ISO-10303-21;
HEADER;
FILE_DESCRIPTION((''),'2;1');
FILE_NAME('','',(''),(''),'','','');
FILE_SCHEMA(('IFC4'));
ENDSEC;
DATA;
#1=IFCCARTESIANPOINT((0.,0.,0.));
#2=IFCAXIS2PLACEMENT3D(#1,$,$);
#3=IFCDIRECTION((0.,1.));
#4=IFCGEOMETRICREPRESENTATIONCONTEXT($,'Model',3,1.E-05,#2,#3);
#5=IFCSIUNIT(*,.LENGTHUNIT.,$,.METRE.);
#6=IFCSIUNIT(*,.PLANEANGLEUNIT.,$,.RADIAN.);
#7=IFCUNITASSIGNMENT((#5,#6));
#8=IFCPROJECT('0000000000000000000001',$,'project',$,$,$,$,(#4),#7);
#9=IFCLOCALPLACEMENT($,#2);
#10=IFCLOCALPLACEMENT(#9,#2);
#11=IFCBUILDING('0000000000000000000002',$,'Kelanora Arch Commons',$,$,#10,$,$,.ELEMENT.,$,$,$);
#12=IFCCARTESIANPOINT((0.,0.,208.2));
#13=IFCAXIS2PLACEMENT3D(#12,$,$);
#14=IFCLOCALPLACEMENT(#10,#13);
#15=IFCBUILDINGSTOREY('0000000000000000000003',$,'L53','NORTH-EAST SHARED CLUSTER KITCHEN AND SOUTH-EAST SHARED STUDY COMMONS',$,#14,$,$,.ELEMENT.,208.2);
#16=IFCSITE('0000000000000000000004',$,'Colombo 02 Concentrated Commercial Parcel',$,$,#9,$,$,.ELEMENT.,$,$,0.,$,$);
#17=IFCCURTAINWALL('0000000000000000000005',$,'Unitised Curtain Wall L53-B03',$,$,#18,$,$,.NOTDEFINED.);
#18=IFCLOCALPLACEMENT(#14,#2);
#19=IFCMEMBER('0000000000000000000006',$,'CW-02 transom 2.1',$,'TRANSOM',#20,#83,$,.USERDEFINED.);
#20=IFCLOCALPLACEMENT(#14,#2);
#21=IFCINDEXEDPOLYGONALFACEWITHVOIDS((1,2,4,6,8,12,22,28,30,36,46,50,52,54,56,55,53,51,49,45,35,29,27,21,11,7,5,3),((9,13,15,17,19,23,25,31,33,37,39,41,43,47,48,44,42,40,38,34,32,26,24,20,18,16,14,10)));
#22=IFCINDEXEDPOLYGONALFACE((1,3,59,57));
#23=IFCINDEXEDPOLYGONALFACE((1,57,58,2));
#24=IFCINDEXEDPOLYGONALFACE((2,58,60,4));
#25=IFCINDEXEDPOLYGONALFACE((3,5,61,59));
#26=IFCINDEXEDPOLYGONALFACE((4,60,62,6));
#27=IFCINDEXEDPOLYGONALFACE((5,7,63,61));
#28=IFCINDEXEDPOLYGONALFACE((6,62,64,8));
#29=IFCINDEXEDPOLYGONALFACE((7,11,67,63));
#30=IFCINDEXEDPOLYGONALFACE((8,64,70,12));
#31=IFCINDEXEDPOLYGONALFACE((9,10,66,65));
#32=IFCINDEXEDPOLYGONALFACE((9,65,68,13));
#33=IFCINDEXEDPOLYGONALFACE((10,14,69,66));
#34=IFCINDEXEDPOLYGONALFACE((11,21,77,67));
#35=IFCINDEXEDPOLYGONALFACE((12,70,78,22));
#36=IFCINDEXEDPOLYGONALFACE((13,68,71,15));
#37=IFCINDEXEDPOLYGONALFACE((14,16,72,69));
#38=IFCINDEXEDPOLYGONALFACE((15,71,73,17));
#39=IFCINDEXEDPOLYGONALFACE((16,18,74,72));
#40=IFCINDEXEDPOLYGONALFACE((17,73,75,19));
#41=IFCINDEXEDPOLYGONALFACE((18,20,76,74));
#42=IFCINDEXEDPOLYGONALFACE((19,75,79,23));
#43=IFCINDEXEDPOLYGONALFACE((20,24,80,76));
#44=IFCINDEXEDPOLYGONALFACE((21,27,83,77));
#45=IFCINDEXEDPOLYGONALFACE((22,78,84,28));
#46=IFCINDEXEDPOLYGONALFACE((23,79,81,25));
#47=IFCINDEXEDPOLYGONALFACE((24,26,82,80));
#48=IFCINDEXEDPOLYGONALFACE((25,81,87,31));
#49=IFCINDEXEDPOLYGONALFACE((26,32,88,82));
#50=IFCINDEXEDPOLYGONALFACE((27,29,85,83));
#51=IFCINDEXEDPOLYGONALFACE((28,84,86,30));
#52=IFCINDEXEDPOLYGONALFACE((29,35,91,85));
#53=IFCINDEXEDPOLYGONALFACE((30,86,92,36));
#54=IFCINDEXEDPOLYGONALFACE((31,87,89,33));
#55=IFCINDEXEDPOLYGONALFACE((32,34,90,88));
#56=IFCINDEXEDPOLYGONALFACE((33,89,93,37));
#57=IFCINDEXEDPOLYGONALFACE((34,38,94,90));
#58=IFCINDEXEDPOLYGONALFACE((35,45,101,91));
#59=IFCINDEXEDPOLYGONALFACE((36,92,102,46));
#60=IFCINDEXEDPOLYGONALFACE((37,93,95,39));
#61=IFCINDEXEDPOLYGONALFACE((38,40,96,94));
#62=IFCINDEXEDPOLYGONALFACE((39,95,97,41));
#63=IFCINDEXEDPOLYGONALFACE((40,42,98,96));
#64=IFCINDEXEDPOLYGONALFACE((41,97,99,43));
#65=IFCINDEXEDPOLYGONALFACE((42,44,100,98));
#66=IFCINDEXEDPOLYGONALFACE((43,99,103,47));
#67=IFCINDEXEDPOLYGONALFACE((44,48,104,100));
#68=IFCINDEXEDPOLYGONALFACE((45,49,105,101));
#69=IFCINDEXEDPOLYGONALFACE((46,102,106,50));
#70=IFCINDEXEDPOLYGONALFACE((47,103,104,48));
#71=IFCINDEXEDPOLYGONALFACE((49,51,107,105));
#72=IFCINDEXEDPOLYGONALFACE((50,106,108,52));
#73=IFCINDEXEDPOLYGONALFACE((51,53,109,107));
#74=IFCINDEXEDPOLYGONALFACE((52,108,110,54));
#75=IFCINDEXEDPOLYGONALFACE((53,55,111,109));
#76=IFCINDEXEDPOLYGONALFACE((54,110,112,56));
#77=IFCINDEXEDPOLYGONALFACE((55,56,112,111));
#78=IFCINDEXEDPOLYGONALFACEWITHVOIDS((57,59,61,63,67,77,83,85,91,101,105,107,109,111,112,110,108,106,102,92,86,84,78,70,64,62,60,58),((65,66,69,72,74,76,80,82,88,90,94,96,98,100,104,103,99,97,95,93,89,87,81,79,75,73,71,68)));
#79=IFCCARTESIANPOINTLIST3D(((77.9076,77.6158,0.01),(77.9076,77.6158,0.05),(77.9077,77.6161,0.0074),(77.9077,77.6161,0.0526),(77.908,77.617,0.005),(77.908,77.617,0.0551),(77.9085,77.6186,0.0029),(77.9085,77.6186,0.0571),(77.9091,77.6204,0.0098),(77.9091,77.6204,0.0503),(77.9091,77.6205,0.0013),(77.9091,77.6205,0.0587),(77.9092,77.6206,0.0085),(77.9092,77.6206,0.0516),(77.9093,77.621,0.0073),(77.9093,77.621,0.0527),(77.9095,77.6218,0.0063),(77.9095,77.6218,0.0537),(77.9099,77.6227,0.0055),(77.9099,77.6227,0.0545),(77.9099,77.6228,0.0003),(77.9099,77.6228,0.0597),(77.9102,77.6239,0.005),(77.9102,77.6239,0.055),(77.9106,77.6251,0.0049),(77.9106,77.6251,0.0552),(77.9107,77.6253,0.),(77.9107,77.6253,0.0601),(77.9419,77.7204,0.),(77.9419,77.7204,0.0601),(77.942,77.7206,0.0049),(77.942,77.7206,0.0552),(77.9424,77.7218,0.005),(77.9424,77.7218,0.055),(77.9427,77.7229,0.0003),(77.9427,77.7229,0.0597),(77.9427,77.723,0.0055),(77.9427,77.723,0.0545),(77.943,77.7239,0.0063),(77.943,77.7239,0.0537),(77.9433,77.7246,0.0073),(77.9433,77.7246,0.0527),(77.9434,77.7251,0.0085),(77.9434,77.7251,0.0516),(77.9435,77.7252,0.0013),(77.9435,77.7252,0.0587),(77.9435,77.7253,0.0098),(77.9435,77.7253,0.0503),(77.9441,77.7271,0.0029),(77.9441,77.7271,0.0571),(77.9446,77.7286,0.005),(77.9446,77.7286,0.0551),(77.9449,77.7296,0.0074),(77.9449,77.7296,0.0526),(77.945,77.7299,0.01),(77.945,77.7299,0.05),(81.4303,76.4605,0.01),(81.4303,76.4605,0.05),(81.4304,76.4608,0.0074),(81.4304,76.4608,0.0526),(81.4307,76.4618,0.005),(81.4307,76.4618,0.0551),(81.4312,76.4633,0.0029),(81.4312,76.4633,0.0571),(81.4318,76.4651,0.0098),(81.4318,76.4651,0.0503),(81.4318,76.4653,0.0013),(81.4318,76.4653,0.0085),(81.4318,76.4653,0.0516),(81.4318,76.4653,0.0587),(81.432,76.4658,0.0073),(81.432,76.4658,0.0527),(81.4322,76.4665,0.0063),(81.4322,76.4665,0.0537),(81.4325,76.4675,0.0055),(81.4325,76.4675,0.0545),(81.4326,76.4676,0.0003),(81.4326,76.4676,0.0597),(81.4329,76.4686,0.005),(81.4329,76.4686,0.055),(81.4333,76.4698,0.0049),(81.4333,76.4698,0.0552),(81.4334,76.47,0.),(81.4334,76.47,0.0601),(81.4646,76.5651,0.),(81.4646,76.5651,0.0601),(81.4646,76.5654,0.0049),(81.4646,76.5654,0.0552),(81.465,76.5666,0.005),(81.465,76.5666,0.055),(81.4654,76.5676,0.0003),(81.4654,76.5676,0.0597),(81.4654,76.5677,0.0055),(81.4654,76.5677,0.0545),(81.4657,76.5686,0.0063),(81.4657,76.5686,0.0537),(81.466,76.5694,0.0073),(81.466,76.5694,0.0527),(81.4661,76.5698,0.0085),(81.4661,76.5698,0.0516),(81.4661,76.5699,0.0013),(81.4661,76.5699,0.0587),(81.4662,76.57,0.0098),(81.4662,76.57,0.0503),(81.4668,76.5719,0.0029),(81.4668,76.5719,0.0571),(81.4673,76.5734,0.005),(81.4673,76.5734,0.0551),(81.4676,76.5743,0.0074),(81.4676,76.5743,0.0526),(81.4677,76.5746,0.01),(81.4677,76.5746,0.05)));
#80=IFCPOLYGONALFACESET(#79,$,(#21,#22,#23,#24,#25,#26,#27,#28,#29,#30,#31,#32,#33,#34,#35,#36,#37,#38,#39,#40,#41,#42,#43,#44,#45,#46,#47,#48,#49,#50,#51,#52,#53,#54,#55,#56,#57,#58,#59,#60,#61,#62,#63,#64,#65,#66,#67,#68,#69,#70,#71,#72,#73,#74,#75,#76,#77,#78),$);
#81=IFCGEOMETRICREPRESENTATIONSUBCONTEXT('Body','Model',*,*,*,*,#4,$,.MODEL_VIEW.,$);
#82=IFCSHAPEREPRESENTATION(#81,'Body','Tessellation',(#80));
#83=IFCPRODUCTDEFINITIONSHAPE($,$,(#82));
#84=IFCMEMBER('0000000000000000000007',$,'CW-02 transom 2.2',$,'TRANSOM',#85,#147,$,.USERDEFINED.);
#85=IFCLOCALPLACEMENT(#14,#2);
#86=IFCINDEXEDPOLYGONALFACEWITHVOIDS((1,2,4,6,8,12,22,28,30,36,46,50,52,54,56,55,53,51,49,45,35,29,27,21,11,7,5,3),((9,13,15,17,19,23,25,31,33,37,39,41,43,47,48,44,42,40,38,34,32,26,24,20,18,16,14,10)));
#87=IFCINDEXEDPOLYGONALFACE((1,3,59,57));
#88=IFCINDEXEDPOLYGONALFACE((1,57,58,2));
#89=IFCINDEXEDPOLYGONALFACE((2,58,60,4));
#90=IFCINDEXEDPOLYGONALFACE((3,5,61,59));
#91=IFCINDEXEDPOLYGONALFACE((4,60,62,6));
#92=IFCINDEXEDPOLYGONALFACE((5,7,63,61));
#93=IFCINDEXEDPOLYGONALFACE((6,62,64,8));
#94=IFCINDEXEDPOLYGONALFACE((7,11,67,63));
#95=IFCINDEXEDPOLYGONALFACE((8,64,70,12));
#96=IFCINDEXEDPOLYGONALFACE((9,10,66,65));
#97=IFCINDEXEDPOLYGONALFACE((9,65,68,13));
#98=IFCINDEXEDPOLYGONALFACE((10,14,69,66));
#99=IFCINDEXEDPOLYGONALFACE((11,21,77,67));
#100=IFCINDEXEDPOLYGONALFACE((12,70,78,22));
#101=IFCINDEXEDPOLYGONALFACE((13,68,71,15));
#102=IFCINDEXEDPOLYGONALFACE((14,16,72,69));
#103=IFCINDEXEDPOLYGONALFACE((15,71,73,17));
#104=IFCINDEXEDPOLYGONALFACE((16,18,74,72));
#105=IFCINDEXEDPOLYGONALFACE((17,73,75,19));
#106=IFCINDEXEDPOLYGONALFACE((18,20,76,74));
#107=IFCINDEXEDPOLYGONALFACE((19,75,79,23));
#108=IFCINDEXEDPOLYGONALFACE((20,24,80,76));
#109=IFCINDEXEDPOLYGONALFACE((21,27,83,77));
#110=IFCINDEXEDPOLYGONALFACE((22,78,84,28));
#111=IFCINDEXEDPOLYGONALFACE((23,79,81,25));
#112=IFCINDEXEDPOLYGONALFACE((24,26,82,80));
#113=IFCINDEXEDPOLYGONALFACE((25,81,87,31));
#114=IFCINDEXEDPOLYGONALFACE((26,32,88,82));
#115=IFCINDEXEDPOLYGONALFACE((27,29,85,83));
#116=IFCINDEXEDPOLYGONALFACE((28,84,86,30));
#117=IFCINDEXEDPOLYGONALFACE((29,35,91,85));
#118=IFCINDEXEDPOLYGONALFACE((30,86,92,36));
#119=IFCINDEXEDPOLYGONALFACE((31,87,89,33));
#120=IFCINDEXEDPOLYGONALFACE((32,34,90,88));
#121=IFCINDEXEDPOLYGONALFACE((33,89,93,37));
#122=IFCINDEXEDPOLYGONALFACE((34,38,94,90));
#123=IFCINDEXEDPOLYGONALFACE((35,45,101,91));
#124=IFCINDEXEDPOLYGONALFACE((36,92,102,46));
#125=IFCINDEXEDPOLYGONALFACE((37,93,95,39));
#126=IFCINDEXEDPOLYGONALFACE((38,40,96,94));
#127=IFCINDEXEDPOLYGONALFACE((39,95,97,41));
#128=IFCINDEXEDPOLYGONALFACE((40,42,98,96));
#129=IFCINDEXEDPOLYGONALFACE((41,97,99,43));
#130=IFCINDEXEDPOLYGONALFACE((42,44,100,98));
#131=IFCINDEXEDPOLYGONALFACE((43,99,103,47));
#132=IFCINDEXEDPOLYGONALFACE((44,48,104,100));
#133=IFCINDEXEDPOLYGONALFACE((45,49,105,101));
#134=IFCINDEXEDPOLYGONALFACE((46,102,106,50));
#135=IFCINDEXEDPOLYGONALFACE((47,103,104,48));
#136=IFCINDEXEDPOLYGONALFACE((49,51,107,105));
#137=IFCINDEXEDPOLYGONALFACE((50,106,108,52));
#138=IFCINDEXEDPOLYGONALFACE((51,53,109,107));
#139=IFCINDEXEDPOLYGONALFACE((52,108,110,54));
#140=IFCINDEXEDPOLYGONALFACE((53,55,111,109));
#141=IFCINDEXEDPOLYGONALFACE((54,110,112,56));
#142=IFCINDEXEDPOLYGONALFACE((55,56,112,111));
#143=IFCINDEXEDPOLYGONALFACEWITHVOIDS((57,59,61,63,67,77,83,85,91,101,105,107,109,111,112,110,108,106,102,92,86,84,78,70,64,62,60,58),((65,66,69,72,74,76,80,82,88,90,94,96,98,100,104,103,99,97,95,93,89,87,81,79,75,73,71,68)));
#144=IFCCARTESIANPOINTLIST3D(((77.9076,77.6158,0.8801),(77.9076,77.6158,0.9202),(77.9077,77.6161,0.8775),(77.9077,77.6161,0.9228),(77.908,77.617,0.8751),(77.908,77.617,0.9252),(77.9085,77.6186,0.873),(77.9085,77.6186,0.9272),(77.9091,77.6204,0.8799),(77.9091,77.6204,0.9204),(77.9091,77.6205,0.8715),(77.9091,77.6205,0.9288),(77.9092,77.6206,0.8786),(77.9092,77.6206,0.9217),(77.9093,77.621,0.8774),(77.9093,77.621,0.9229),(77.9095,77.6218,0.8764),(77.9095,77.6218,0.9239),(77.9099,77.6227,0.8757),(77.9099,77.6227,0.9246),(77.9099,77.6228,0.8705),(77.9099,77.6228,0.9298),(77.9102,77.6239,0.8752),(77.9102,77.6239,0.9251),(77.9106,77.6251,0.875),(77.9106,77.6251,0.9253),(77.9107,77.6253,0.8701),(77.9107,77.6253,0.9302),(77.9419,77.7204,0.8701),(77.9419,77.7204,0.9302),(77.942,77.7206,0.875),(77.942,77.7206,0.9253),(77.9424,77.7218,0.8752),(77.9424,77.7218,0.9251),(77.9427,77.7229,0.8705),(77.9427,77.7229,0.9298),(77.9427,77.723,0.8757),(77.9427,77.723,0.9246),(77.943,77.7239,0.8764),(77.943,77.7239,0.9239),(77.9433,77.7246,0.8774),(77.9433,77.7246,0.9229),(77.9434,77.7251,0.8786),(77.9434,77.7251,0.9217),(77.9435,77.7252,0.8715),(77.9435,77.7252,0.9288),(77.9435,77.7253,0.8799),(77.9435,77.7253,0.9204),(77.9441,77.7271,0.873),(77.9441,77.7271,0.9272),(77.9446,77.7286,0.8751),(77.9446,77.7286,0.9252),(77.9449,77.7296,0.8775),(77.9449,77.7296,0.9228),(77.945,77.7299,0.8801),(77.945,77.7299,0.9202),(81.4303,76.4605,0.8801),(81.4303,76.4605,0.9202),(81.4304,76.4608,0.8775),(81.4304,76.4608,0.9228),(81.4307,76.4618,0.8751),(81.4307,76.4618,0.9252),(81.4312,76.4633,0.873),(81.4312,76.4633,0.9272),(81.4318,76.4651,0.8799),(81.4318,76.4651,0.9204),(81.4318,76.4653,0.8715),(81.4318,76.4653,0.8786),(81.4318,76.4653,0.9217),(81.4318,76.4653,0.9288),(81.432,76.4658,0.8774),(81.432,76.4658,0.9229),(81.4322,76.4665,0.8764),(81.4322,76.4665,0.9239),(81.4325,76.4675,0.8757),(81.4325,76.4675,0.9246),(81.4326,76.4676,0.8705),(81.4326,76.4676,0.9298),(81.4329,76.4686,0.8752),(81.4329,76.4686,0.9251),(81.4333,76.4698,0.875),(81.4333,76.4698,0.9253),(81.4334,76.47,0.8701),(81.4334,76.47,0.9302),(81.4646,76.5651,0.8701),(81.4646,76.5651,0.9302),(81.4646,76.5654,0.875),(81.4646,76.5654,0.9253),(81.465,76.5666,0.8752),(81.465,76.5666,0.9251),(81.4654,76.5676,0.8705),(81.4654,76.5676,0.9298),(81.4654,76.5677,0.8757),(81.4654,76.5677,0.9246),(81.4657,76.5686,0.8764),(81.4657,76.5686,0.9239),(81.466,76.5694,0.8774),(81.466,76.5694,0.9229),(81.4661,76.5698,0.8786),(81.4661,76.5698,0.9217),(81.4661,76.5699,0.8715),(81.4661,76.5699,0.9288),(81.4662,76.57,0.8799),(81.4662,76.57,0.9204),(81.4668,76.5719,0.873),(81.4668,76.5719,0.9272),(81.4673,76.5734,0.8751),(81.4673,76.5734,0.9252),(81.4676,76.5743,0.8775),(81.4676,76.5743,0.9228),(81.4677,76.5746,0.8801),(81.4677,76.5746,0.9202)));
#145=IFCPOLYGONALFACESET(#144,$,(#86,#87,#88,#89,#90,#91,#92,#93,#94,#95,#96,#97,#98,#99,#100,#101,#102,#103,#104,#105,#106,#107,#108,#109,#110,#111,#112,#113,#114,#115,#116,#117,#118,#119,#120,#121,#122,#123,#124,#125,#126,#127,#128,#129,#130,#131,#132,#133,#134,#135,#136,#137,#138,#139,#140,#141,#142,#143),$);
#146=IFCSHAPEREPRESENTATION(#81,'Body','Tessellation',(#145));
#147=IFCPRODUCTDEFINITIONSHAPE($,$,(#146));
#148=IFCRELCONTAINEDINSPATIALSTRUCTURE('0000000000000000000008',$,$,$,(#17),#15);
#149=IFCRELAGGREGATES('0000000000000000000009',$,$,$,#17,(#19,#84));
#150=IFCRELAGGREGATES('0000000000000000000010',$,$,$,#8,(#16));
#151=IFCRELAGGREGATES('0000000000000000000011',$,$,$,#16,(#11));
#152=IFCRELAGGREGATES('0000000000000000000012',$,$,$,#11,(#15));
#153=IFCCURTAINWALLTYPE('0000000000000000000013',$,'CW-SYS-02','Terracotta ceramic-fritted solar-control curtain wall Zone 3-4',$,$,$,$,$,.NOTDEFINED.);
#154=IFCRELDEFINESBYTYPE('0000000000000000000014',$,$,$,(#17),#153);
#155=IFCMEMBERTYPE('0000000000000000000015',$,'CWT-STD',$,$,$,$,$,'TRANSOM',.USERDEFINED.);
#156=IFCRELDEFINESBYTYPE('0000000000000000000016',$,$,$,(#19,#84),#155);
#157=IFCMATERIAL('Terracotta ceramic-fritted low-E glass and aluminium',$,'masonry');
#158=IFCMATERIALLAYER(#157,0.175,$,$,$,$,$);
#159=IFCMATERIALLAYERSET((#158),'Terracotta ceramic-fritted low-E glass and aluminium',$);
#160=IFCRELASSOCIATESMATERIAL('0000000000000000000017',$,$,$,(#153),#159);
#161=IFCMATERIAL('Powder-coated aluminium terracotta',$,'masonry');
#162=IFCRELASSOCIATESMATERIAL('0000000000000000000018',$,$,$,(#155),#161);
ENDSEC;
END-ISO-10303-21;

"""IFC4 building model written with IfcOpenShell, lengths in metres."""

from ifc_helpers import new_model, si_unit, direction, frame, origin, origin_2d, place, context, subcontext, project, spatial, hollow_rectangle, extrude, material, layer, layer_set, material_profile, profile_set, type_object, element, aggregate, save


model = new_model("IFC4")

# Units and contexts
model_context = context("Model", 3, precision=1e-05, world=origin(), true_north=direction((0.0, 1.0)))
body_context = subcontext(model_context, "Body", "Model", "MODEL_VIEW")
ifc_project = project(units=[si_unit("LENGTHUNIT", "METRE"), si_unit("PLANEANGLEUNIT", "RADIAN")], contexts=[model_context])

# Site, building, storey
site_placement = place(None, origin())
site = spatial("IfcSite", under=ifc_project, at=site_placement, Name="Colombo 02 Concentrated Commercial Parcel", CompositionType="ELEMENT", RefElevation=0.0)
building_placement = place(site_placement, origin())
building = spatial("IfcBuilding", under=site, at=building_placement, Name="Kelanora Arch Commons", CompositionType="ELEMENT")
storey_placement = place(building_placement, frame((0.0, 0.0, 208.2)))
storey = spatial("IfcBuildingStorey", under=building, at=storey_placement, Name="L53", Description="NORTH-EAST SHARED CLUSTER KITCHEN AND SOUTH-EAST SHARED STUDY COMMONS", CompositionType="ELEMENT", Elevation=208.2)

# Curtain wall, members
ifc_material_1 = material(Name="Terracotta ceramic-fritted low-E glass and aluminium", Category="masonry")
ifc_layer_1 = layer(ifc_material_1, 0.175)
ifc_layer_set_1 = layer_set([ifc_layer_1], Name="Terracotta ceramic-fritted low-E glass and aluminium")
curtain_wall_type = type_object("IfcCurtainWallType", Name="CW-SYS-02", Description="Terracotta ceramic-fritted solar-control curtain wall Zone 3-4", PredefinedType="NOTDEFINED", material=ifc_layer_set_1)
curtain_wall_placement = place(storey_placement, origin())
curtain_wall = element("IfcCurtainWall", 1, at=curtain_wall_placement, inside=storey, type_object=curtain_wall_type, Name="Unitised Curtain Wall L53-B03", PredefinedType="NOTDEFINED")
ifc_material_2 = material(Name="Powder-coated aluminium terracotta", Category="masonry")
ifc_material_profile_1 = material_profile(ifc_material_2, hollow_rectangle(XDim=0.1201, YDim=0.0601, WallThickness=0.0049, InnerFilletRadius=0.0049, OuterFilletRadius=0.01, at=origin_2d()), Name="CWT120x60")
ifc_profile_set_1 = profile_set([ifc_material_profile_1], Name="Powder-coated aluminium terracotta")
member_type_1 = type_object("IfcMemberType", Name="CWT-STD", ElementType="TRANSOM", PredefinedType="USERDEFINED", material=ifc_profile_set_1)
member_1_placement = place(storey_placement, frame((81.449, 76.5176, 0.03), z_axis=(-0.950207, 0.311621, 0.0), x_axis=(-0.311621, -0.950207, 0.0)))
member_1 = element("IfcMember", 2, at=member_1_placement, type_object=member_type_1, Name="CW-02 transom 2.1", ObjectType="TRANSOM", PredefinedType="USERDEFINED", context=body_context, shape_type="SweptSolid", body=[
    extrude(hollow_rectangle(XDim=0.1201, YDim=0.0601, WallThickness=0.0049, InnerFilletRadius=0.0049, OuterFilletRadius=0.01, at=origin_2d()), origin(), (0.0, 0.0, 1.0), 3.7073),
])
member_2_placement = place(storey_placement, frame((81.449, 76.5176, 0.9001), z_axis=(-0.950207, 0.311621, 0.0), x_axis=(-0.311621, -0.950207, 0.0)))
member_2 = element("IfcMember", 3, at=member_2_placement, type_object=member_type_1, Name="CW-02 transom 2.2", ObjectType="TRANSOM", PredefinedType="USERDEFINED", context=body_context, shape_type="SweptSolid", body=[
    extrude(hollow_rectangle(XDim=0.1201, YDim=0.0601, WallThickness=0.0049, InnerFilletRadius=0.0049, OuterFilletRadius=0.01, at=origin_2d()), origin(), (0.0, 0.0, 1.0), 3.7073),
])
aggregate(curtain_wall, [member_1, member_2])

save(model, "model.ifc")
